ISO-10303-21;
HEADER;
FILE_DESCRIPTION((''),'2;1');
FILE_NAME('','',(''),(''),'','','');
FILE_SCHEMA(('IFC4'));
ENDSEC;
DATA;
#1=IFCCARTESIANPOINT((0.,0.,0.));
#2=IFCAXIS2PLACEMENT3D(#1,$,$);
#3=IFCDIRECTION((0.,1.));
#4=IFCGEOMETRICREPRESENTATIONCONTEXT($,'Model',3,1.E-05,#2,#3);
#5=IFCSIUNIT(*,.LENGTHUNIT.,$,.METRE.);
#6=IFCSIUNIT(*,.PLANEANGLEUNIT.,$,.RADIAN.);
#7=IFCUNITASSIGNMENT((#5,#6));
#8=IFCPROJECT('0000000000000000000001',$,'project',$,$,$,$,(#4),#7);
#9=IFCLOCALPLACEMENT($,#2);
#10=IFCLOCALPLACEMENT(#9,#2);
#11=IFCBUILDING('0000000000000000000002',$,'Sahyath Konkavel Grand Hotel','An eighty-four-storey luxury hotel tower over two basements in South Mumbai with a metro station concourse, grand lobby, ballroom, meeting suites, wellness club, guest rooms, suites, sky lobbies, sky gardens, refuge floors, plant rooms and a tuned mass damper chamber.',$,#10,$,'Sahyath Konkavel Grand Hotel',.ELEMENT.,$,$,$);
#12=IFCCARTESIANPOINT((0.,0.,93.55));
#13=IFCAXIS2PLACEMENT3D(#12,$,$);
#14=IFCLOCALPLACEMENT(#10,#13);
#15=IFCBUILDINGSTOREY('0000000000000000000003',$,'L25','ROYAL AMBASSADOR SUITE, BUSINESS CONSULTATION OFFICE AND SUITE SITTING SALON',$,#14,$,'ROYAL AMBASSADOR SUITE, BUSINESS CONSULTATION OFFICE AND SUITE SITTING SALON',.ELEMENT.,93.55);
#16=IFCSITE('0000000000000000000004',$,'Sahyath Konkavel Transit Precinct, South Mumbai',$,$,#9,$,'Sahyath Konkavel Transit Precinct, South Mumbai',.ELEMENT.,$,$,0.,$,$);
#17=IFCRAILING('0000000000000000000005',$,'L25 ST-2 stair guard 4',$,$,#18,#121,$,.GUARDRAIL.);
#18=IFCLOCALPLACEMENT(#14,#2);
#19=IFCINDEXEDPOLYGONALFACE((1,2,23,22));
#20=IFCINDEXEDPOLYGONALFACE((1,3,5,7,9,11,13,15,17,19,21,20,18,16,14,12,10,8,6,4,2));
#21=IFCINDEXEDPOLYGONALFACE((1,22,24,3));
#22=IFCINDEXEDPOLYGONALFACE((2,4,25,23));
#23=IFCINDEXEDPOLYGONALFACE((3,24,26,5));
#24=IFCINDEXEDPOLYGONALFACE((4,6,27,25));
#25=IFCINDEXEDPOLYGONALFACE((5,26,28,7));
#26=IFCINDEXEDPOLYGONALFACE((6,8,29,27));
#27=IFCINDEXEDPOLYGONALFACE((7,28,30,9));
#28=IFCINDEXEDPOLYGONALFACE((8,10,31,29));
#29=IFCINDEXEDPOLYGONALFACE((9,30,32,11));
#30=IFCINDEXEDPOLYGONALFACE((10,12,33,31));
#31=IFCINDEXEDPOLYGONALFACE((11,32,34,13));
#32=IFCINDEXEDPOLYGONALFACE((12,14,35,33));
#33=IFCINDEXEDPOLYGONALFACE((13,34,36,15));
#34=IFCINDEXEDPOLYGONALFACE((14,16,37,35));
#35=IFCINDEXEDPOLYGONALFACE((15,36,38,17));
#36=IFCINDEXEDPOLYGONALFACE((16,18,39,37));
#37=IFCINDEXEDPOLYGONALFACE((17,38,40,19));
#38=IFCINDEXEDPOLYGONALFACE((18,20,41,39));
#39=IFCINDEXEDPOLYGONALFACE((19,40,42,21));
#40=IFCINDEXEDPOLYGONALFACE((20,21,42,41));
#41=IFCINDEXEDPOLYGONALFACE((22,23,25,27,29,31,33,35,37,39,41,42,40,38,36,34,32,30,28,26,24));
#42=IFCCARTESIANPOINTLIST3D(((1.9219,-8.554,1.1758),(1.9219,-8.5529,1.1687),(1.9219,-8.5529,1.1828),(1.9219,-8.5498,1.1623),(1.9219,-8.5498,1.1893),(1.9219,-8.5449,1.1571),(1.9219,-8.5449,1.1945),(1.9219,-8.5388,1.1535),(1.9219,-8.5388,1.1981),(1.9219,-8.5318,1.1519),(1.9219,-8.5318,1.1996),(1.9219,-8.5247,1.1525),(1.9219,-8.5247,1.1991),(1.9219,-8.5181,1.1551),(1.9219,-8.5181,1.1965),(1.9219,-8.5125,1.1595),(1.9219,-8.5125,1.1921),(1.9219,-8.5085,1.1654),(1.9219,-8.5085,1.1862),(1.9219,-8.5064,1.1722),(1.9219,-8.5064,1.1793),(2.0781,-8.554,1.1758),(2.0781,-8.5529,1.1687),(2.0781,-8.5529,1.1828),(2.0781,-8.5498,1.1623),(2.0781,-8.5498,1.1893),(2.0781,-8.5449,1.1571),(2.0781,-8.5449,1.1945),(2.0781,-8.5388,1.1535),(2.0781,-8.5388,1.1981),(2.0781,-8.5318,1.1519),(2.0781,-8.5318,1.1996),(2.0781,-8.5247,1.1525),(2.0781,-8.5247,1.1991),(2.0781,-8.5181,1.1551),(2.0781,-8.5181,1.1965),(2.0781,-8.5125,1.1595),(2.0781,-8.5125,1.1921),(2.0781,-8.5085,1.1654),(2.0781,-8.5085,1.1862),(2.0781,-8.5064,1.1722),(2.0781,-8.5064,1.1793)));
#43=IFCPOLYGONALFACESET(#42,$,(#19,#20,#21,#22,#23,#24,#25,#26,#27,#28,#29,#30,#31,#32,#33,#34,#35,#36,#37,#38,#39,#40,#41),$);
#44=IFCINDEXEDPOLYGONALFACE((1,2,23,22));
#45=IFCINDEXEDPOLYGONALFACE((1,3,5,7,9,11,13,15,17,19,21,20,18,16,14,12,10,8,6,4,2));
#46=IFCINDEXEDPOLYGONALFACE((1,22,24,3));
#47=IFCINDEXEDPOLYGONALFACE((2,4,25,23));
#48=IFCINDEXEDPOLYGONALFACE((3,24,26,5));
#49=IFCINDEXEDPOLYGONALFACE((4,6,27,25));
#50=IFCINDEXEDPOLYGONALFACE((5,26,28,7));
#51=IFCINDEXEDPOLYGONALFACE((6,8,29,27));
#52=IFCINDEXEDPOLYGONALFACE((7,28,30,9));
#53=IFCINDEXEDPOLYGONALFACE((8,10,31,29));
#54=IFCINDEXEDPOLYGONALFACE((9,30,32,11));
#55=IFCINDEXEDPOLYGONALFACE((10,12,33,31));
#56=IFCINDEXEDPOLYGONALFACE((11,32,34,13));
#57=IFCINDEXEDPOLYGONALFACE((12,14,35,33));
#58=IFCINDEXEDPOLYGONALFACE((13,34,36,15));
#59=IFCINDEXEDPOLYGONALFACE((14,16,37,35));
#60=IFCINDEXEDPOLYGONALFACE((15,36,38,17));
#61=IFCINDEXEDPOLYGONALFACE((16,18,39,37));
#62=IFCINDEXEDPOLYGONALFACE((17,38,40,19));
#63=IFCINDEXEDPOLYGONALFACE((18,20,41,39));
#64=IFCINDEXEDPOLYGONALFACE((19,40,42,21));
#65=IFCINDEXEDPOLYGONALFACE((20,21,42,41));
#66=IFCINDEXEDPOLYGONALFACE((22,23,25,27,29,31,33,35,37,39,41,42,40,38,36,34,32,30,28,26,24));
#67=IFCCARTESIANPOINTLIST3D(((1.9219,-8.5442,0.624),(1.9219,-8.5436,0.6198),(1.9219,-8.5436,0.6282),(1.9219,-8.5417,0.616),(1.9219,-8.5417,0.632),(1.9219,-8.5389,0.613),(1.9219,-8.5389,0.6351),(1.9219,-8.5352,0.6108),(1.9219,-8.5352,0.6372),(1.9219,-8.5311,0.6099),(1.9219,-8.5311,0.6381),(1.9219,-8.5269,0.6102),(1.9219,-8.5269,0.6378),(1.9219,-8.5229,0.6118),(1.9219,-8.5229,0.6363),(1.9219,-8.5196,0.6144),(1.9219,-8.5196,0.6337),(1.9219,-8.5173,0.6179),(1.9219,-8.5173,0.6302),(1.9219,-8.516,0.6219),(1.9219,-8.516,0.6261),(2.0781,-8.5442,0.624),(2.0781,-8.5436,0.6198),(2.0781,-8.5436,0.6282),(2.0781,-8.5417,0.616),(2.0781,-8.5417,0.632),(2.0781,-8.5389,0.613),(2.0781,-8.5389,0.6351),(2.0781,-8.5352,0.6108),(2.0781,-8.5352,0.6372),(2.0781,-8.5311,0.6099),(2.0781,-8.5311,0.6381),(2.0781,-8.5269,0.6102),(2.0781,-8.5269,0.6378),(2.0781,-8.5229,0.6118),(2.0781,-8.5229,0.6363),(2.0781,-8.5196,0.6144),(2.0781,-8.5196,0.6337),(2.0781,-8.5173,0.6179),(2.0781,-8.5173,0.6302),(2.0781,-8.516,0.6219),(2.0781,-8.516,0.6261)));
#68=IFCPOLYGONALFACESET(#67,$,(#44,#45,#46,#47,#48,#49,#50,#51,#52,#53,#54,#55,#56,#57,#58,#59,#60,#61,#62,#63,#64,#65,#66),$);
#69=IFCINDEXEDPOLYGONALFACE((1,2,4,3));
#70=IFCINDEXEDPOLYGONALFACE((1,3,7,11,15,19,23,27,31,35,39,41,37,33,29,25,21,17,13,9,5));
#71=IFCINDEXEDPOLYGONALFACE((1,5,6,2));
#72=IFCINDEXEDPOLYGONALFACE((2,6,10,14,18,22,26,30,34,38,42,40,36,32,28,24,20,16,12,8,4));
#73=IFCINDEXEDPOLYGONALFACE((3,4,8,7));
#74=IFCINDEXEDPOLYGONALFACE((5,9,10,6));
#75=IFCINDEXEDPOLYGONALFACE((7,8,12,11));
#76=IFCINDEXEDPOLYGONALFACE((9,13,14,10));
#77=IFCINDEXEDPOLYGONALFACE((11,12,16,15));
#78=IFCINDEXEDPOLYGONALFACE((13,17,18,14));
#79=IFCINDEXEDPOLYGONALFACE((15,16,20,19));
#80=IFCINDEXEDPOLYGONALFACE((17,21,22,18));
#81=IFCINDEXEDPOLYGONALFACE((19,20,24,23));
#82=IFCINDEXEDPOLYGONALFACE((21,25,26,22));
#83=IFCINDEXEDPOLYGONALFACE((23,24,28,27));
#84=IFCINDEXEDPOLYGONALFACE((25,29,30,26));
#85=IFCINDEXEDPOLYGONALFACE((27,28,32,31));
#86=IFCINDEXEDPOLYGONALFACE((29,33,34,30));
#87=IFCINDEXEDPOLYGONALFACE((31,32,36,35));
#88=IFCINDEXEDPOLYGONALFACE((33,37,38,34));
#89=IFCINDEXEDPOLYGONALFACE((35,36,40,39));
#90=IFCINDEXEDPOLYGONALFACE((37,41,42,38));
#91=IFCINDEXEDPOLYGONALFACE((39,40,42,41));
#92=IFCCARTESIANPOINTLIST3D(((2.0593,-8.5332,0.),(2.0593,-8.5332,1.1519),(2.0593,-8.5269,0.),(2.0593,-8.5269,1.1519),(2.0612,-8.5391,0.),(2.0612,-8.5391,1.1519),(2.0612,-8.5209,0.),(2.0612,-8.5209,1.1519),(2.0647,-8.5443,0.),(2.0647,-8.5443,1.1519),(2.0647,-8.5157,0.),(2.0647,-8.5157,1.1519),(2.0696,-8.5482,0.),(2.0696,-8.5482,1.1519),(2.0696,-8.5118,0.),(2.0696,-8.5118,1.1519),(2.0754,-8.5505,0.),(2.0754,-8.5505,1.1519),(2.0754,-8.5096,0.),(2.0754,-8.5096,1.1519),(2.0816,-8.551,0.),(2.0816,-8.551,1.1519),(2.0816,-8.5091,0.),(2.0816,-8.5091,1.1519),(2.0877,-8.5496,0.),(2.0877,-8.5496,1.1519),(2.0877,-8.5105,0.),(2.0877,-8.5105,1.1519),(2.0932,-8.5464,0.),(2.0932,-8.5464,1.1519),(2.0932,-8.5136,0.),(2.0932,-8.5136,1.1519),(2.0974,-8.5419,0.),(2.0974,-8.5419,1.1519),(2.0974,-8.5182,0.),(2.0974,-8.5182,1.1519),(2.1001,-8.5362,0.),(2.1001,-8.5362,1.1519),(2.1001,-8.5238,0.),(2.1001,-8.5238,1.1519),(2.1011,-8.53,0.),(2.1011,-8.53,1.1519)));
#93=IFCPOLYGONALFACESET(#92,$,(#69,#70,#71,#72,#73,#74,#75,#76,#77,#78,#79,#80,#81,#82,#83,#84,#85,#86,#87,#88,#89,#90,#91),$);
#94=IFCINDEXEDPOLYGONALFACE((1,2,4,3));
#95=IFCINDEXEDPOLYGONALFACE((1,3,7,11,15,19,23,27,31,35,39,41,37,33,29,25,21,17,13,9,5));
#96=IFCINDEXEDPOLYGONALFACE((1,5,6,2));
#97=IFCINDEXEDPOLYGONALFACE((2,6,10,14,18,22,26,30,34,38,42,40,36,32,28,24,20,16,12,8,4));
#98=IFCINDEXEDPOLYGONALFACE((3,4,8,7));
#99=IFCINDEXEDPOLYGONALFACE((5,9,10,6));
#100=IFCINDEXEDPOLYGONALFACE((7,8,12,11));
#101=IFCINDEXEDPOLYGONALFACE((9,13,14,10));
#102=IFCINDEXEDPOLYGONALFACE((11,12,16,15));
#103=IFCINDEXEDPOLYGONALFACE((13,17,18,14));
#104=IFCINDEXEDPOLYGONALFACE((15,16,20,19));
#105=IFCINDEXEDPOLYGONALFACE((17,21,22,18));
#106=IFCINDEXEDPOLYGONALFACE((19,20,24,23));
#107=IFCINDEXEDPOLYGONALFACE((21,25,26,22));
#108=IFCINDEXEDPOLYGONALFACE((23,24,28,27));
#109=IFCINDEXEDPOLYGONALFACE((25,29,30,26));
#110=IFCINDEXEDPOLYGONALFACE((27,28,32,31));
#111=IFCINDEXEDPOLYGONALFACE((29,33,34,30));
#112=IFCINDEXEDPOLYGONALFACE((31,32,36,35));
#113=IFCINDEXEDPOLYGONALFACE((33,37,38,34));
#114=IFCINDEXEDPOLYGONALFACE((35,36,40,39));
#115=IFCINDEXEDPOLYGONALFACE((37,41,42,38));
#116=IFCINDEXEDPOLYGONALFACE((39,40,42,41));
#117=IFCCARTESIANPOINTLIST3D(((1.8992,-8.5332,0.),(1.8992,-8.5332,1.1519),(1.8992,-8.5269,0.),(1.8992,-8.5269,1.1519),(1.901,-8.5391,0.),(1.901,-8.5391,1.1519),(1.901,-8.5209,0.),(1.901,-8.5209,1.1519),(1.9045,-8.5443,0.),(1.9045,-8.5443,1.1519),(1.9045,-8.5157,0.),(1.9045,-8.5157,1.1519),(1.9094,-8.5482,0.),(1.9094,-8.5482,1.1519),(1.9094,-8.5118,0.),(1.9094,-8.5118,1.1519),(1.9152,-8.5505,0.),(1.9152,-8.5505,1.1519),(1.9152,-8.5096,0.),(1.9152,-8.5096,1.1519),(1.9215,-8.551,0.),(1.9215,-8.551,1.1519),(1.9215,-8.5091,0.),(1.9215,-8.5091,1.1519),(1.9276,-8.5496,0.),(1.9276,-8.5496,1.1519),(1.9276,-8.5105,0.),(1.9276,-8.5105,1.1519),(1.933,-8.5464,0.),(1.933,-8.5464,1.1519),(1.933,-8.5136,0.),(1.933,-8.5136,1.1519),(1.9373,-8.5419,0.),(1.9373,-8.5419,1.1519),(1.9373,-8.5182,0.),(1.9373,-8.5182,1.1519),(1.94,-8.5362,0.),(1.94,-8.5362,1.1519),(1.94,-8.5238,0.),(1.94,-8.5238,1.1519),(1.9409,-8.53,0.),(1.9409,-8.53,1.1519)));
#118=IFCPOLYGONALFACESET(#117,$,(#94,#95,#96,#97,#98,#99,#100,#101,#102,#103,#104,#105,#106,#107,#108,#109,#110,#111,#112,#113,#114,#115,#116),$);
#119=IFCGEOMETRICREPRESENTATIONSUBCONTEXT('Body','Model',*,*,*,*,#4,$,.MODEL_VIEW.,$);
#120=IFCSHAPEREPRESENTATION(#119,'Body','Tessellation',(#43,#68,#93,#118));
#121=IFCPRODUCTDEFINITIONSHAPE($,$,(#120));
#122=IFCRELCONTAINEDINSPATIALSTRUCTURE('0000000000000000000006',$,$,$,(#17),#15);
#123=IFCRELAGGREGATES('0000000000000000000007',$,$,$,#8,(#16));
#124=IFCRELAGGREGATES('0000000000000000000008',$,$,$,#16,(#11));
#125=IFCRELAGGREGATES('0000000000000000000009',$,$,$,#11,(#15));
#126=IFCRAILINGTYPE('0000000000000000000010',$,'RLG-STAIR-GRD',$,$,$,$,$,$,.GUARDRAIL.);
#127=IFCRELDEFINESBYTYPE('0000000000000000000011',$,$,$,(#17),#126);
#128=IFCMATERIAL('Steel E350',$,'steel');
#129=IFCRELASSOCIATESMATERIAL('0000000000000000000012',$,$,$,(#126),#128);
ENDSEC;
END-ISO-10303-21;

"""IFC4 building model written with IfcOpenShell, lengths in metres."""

from ifc_helpers import new_model, si_unit, direction, frame, origin, origin_2d, place, context, subcontext, project, spatial, circle, extrude, material, type_object, element, save


model = new_model("IFC4")

# Units and contexts
model_context = context("Model", 3, precision=1e-05, world=origin(), true_north=direction((0.0, 1.0)))
body_context = subcontext(model_context, "Body", "Model", "MODEL_VIEW")
ifc_project = project(units=[si_unit("LENGTHUNIT", "METRE"), si_unit("PLANEANGLEUNIT", "RADIAN")], contexts=[model_context])

# Site, building, storey
site_placement = place(None, origin())
site = spatial("IfcSite", under=ifc_project, at=site_placement, Name="Sahyath Konkavel Transit Precinct, South Mumbai", LongName="Sahyath Konkavel Transit Precinct, South Mumbai", CompositionType="ELEMENT", RefElevation=0.0)
building_placement = place(site_placement, origin())
building = spatial("IfcBuilding", under=site, at=building_placement, Name="Sahyath Konkavel Grand Hotel", Description="An eighty-four-storey luxury hotel tower over two basements in South Mumbai with a metro station concourse, grand lobby, ballroom, meeting suites, wellness club, guest rooms, suites, sky lobbies, sky gardens, refuge floors, plant rooms and a tuned mass damper chamber.", LongName="Sahyath Konkavel Grand Hotel", CompositionType="ELEMENT")
storey_placement = place(building_placement, frame((0.0, 0.0, 93.55)))
storey = spatial("IfcBuildingStorey", under=building, at=storey_placement, Name="L25", Description="ROYAL AMBASSADOR SUITE, BUSINESS CONSULTATION OFFICE AND SUITE SITTING SALON", LongName="ROYAL AMBASSADOR SUITE, BUSINESS CONSULTATION OFFICE AND SUITE SITTING SALON", CompositionType="ELEMENT", Elevation=93.55)

# Shared definitions
ifc_material_1 = material(Name="Steel E350", Category="steel")

# Railing
railing_type_1 = type_object("IfcRailingType", Name="RLG-STAIR-GRD", PredefinedType="GUARDRAIL", material=ifc_material_1)
railing_1_placement = place(storey_placement, frame((2.0801, -8.53, 0.0)))
element("IfcRailing", 1, at=railing_1_placement, inside=storey, type_object=railing_type_1, Name="L25 ST-2 stair guard 4", PredefinedType="GUARDRAIL", context=body_context, shape_type="SweptSolid", body=[
    extrude(circle(Radius=0.0239, at=origin_2d()), frame((-0.002, 0.0, 1.1758), z_axis=(-1.0, 0.0, 0.0), x_axis=(0.0, -1.0, 0.0)), (0.0, 0.0, 1.0), 0.1562),
    extrude(circle(Radius=0.0142, at=origin_2d()), frame((-0.002, 0.0, 0.624), z_axis=(-1.0, 0.0, 0.0), x_axis=(0.0, -1.0, 0.0)), (0.0, 0.0, 1.0), 0.1562),
    extrude(circle(Radius=0.021, at=origin_2d()), origin(), (0.0, 0.0, 1.0), 1.1519),
    extrude(circle(Radius=0.021, at=origin_2d()), frame((-0.1602, 0.0, 0.0)), (0.0, 0.0, 1.0), 1.1519),
])

save(model, "model.ifc")
